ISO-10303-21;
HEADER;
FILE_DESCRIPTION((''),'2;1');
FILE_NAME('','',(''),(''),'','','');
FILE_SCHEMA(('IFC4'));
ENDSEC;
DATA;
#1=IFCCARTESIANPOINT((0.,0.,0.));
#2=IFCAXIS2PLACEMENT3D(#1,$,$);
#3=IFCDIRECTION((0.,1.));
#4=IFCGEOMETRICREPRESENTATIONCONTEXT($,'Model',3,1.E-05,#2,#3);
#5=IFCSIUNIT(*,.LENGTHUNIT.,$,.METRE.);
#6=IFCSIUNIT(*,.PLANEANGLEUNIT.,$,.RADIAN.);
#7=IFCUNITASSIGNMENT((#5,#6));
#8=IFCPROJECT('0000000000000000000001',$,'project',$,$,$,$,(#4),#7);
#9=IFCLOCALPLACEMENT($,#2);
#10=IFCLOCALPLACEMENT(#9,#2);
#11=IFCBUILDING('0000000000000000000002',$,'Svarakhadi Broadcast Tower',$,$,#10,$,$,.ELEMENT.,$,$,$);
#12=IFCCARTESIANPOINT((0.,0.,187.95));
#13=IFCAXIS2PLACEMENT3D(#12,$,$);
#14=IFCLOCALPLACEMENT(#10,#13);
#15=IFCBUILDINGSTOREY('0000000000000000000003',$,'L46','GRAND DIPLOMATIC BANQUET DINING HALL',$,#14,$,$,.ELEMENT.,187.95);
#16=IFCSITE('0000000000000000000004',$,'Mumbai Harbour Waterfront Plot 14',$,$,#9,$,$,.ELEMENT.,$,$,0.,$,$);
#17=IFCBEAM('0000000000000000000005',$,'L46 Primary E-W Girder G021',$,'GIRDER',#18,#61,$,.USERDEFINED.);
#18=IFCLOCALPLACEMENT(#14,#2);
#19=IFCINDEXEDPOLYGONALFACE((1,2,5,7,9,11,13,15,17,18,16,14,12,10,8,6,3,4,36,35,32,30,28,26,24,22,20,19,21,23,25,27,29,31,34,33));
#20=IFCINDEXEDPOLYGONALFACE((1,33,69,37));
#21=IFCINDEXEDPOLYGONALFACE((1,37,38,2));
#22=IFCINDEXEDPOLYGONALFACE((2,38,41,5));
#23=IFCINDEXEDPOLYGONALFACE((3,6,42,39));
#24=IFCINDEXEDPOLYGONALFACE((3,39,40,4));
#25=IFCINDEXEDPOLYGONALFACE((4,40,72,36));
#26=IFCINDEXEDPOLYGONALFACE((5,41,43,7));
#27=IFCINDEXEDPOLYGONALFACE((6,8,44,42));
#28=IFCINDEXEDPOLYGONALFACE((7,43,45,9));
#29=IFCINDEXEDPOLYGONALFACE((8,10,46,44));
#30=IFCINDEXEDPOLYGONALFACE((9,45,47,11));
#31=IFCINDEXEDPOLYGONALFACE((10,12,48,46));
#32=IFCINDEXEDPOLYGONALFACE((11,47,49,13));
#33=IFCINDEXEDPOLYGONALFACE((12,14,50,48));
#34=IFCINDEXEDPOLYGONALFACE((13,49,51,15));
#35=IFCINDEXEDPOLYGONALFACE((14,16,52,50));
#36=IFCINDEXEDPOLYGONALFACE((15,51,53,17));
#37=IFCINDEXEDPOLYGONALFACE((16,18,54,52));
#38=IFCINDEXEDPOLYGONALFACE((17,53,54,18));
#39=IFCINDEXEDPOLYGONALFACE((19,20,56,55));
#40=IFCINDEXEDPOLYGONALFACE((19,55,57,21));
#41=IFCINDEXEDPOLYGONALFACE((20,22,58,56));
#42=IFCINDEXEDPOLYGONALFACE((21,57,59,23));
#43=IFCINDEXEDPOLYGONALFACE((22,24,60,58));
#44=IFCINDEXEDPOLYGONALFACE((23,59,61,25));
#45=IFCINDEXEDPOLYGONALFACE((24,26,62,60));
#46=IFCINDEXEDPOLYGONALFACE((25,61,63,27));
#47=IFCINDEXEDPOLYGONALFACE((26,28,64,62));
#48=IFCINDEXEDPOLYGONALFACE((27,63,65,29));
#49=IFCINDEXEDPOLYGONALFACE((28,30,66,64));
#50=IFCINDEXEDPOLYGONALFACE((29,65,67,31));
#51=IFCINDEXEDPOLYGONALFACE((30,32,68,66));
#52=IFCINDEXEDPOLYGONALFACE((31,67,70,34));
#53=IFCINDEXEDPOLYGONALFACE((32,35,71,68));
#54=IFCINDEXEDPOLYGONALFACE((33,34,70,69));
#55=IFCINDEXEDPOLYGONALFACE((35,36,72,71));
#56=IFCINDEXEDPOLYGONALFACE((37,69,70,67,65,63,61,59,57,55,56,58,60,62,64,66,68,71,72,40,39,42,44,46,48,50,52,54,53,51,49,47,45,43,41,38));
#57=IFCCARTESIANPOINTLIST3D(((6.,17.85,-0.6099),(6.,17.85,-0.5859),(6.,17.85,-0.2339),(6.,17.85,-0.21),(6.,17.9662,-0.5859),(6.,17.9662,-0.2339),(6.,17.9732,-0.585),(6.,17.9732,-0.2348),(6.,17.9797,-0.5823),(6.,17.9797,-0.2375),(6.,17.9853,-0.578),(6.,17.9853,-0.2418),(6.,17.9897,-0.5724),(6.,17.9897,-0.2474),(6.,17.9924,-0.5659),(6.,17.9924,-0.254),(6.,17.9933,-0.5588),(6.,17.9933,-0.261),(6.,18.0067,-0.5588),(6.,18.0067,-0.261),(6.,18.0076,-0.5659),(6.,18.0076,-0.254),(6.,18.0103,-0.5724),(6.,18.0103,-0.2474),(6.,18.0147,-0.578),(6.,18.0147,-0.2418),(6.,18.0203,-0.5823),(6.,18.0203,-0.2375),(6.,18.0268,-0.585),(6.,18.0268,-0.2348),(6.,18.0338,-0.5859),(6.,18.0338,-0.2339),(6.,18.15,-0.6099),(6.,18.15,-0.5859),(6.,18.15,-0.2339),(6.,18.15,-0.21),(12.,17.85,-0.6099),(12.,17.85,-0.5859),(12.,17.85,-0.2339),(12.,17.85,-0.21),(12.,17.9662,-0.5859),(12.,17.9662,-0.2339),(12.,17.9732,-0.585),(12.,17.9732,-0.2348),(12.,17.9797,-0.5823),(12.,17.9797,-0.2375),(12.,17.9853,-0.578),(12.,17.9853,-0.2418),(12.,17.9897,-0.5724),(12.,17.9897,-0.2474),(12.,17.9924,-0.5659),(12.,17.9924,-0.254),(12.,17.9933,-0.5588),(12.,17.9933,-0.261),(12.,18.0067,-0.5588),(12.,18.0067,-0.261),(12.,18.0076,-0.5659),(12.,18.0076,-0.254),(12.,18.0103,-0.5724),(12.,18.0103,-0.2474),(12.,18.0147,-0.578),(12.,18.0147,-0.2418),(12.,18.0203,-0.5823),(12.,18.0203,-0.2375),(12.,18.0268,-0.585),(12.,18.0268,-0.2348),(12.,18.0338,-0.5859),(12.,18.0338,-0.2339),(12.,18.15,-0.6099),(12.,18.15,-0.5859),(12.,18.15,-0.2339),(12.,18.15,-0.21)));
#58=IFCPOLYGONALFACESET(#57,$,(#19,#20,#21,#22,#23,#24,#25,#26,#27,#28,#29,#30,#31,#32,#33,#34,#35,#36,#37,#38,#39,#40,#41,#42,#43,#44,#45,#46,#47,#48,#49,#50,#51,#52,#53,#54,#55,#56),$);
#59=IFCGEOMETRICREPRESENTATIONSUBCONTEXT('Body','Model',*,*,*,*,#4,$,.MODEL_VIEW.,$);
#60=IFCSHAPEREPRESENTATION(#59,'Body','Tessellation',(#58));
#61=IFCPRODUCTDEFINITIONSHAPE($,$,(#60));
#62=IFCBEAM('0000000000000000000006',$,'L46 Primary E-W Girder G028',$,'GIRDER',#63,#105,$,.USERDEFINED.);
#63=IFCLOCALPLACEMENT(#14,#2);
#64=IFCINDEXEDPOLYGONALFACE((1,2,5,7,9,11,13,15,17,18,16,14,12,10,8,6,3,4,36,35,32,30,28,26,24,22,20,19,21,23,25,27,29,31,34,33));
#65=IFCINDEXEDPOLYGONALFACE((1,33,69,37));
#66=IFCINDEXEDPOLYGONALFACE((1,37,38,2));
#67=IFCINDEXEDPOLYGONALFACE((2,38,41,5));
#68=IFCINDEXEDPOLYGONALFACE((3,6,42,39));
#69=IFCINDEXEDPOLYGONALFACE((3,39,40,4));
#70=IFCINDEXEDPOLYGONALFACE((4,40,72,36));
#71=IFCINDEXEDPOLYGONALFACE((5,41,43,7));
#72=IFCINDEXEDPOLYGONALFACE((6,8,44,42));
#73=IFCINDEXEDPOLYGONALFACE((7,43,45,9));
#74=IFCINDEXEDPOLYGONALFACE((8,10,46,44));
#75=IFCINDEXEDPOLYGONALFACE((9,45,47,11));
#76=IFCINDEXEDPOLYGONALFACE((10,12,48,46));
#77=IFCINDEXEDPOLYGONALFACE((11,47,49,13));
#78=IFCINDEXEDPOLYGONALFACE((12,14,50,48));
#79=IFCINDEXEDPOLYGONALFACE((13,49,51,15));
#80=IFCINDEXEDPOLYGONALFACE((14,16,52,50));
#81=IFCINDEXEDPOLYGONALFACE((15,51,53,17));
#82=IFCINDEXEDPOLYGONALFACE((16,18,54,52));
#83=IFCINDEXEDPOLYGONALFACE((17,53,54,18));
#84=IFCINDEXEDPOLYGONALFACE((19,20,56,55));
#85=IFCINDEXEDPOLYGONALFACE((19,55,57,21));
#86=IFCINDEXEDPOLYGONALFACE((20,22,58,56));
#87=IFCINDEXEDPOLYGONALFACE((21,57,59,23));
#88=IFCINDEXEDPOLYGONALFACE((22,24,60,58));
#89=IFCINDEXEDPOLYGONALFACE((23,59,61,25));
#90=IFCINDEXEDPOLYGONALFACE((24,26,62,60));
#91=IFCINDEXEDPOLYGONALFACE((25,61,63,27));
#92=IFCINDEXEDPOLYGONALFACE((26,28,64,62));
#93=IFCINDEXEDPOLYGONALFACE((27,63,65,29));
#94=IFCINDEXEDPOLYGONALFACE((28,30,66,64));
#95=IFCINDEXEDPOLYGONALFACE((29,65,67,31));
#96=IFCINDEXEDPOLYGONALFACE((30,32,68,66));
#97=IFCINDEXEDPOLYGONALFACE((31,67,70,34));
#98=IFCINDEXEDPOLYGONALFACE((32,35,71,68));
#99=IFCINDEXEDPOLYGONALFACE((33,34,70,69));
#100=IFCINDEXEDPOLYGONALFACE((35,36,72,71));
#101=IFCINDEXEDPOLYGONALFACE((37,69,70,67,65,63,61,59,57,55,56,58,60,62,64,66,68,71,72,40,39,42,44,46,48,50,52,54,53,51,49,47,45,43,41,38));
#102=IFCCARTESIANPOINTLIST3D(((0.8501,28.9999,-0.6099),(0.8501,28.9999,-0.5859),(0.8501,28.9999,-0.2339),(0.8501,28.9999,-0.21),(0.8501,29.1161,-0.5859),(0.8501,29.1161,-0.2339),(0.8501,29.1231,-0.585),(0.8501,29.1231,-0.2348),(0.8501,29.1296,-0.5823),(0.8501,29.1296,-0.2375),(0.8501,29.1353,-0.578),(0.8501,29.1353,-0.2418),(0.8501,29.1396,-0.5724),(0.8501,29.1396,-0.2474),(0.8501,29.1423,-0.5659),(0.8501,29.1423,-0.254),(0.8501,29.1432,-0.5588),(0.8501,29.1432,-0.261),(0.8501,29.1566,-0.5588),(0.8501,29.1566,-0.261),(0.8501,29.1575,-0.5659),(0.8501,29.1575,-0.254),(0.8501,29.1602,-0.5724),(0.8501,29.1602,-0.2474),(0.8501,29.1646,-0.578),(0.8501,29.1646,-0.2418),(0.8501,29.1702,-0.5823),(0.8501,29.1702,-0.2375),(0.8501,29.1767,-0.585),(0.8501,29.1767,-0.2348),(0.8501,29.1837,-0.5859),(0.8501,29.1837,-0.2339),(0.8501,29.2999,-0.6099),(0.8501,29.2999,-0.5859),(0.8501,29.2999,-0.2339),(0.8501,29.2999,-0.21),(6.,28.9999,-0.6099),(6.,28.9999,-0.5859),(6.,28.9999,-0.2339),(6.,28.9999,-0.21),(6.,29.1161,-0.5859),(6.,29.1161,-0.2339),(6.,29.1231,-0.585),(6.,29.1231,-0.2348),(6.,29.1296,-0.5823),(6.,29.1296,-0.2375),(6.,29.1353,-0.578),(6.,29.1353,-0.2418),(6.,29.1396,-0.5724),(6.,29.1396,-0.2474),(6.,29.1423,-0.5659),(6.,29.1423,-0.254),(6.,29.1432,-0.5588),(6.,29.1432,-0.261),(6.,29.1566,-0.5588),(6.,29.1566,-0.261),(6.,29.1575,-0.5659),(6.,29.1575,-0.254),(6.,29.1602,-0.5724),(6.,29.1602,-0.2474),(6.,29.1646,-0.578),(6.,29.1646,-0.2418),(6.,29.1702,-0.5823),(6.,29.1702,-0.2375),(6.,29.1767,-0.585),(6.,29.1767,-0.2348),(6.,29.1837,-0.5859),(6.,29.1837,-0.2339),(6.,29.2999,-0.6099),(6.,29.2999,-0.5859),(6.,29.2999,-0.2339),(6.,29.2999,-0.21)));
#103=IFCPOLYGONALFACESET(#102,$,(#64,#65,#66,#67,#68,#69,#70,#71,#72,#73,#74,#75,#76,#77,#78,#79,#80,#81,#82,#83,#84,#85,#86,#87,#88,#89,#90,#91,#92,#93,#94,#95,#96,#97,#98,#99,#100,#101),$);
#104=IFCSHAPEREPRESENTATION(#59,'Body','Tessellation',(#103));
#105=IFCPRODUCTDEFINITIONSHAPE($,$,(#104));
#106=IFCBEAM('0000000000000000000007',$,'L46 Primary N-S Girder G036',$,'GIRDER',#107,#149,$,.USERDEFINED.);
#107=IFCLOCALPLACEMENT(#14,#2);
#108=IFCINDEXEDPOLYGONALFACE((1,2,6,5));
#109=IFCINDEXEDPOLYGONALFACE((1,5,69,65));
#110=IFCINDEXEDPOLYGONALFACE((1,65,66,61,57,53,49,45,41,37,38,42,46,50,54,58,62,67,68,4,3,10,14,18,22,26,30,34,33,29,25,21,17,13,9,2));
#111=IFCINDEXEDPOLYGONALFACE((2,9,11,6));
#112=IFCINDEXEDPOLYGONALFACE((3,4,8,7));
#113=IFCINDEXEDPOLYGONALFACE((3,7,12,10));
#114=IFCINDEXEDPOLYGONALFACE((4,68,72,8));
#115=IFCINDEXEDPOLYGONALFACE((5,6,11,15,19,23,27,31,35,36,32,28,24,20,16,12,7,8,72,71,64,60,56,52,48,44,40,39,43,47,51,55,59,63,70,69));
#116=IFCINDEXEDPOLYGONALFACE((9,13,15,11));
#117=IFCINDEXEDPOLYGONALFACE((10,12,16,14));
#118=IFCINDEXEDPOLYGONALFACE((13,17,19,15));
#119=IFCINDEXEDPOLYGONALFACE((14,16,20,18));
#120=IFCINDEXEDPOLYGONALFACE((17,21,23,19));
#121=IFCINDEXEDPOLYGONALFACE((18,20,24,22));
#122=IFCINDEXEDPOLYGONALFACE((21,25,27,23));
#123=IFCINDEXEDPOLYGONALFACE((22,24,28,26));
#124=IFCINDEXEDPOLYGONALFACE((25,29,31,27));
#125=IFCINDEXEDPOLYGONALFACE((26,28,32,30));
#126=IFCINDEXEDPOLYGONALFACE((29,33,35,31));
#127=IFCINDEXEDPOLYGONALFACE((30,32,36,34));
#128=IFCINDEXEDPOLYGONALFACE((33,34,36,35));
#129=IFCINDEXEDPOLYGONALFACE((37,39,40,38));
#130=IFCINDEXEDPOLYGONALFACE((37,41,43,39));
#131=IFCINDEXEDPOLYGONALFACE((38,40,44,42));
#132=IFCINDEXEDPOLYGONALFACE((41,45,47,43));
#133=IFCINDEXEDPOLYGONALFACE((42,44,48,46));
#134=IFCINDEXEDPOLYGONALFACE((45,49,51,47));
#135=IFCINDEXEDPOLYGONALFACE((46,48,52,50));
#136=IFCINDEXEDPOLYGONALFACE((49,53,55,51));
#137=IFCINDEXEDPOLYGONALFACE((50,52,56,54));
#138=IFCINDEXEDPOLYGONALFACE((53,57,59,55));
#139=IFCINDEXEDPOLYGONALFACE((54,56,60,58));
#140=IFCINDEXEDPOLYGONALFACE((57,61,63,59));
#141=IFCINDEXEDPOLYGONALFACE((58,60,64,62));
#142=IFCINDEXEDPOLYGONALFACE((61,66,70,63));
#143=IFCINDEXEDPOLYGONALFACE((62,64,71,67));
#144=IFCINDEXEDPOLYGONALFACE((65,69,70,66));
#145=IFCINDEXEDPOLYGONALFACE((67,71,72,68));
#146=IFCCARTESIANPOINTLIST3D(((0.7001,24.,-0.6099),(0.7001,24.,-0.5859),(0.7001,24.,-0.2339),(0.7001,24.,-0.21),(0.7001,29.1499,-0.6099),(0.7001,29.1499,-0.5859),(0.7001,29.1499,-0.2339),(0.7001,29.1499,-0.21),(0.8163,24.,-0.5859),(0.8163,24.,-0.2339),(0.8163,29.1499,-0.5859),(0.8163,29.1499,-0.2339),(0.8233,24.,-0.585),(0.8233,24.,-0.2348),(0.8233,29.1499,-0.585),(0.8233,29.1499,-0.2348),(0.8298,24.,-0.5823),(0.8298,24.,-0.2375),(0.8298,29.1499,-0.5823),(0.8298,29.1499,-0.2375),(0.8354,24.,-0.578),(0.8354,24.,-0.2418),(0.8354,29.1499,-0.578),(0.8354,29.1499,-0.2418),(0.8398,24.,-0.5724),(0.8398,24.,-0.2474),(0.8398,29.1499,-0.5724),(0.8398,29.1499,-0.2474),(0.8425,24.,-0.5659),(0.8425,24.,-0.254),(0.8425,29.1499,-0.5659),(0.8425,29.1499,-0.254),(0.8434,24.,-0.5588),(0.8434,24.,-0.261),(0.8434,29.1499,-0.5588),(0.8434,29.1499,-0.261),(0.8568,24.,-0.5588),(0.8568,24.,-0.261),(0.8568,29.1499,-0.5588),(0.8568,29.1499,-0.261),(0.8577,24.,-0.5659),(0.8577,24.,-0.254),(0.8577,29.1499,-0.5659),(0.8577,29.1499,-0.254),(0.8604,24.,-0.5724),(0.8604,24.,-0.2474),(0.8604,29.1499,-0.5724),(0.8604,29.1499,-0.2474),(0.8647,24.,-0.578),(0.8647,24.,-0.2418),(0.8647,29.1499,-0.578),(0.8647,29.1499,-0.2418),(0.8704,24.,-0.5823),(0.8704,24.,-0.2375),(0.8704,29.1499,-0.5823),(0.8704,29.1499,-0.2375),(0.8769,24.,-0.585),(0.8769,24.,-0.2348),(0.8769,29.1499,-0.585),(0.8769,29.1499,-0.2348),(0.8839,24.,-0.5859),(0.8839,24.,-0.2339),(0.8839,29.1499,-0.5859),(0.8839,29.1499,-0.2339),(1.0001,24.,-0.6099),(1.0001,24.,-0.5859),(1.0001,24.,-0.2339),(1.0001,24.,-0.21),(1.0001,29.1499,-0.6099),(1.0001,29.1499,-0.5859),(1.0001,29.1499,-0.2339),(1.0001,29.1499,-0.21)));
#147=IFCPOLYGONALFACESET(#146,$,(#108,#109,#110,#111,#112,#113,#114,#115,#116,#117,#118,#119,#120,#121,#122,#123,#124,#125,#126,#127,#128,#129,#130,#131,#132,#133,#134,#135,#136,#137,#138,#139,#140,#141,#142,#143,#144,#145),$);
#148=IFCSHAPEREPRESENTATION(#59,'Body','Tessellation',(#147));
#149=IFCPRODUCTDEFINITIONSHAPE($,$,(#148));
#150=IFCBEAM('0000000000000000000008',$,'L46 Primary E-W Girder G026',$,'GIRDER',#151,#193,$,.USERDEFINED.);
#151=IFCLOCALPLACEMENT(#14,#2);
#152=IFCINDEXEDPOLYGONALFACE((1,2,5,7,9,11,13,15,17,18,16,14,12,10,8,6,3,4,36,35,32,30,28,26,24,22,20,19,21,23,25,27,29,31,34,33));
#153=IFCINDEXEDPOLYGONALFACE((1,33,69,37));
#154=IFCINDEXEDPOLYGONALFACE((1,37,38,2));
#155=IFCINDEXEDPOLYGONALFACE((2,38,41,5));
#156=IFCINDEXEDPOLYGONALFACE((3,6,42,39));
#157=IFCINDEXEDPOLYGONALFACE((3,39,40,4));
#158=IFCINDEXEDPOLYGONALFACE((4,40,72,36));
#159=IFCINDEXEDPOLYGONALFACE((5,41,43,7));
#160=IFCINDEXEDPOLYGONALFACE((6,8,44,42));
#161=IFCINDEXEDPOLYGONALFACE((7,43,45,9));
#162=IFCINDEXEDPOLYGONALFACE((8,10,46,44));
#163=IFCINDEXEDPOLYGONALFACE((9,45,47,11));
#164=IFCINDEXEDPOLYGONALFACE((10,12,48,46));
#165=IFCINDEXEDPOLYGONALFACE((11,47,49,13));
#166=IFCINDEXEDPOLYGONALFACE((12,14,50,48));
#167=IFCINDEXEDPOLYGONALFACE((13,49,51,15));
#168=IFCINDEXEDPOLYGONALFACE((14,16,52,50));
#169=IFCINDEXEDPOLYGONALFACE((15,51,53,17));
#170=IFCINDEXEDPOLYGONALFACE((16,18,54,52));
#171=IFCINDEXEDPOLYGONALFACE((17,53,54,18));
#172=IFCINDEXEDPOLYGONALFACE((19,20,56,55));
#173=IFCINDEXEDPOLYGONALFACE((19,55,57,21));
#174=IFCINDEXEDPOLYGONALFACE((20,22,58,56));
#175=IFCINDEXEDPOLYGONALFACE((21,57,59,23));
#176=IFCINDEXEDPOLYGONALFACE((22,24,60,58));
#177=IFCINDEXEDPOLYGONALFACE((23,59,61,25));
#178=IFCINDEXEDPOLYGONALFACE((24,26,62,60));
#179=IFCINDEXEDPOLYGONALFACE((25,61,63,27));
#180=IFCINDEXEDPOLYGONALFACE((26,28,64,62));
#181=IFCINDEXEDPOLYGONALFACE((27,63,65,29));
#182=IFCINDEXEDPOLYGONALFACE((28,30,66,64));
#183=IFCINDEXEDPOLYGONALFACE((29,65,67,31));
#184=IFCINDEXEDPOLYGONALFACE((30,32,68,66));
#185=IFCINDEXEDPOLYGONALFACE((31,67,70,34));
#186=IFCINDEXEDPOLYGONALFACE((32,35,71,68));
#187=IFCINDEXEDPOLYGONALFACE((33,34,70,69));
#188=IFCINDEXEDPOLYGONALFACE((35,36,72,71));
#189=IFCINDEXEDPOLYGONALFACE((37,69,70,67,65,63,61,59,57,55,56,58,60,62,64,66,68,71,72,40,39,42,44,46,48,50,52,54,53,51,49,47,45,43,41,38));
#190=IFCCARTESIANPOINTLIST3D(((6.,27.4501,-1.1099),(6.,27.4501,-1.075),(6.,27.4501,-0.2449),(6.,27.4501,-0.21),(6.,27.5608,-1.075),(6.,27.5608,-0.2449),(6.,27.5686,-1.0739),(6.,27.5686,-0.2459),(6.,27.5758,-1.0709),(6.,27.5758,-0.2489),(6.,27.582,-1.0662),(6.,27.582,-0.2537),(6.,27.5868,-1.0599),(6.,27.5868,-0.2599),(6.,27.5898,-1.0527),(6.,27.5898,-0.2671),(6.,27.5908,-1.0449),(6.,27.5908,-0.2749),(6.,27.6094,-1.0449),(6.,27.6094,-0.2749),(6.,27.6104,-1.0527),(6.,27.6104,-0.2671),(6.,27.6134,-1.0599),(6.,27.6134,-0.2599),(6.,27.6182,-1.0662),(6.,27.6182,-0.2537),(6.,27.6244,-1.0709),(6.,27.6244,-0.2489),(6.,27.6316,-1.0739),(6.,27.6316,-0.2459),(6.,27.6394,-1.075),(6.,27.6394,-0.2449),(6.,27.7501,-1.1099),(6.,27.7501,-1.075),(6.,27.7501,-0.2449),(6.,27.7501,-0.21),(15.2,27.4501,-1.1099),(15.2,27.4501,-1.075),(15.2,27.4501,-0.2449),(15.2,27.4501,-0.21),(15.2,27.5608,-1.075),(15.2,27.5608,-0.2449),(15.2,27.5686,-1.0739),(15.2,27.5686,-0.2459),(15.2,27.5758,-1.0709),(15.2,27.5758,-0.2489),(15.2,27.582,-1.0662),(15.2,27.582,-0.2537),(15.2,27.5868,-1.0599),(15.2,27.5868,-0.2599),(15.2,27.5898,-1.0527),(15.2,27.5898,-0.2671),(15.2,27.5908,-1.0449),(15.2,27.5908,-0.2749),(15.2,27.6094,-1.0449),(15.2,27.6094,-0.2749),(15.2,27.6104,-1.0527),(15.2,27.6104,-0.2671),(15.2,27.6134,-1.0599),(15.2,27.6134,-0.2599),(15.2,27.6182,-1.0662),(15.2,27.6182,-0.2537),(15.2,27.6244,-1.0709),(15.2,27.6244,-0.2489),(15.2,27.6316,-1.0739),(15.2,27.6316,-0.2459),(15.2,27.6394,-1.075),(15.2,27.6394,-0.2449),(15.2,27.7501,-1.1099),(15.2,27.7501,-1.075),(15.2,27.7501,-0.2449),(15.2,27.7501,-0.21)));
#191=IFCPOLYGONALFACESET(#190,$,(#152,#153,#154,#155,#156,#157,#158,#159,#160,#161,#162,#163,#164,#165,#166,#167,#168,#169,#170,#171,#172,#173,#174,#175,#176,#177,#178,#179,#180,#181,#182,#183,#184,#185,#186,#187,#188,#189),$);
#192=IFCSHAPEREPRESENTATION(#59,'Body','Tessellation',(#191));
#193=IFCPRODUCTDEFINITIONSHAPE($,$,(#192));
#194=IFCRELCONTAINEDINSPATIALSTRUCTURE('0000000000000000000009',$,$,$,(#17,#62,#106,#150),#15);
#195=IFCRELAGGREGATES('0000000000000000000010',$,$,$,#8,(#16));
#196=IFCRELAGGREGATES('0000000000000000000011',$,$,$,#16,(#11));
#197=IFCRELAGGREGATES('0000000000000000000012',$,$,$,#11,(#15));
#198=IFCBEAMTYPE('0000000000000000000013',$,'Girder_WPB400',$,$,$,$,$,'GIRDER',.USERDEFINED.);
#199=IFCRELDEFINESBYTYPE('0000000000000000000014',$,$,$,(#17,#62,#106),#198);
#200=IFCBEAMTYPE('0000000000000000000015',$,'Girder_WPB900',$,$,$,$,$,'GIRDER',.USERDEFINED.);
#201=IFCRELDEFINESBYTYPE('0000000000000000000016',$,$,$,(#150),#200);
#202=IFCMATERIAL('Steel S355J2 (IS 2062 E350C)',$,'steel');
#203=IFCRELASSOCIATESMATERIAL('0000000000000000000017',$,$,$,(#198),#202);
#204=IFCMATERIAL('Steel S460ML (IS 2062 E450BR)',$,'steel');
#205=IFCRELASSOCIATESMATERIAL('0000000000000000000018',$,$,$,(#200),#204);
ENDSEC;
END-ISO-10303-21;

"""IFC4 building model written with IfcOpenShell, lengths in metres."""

from ifc_helpers import new_model, si_unit, direction, frame, origin, origin_2d, place, context, subcontext, project, spatial, i_section, extrude, material, material_profile, profile_set, type_object, element, save


model = new_model("IFC4")

# Units and contexts
model_context = context("Model", 3, precision=1e-05, world=origin(), true_north=direction((0.0, 1.0)))
body_context = subcontext(model_context, "Body", "Model", "MODEL_VIEW")
ifc_project = project(units=[si_unit("LENGTHUNIT", "METRE"), si_unit("PLANEANGLEUNIT", "RADIAN")], contexts=[model_context])

# Site, building, storey
site_placement = place(None, origin())
site = spatial("IfcSite", under=ifc_project, at=site_placement, Name="Mumbai Harbour Waterfront Plot 14", CompositionType="ELEMENT", RefElevation=0.0)
building_placement = place(site_placement, origin())
building = spatial("IfcBuilding", under=site, at=building_placement, Name="Svarakhadi Broadcast Tower", CompositionType="ELEMENT")
storey_placement = place(building_placement, frame((0.0, 0.0, 187.95)))
storey = spatial("IfcBuildingStorey", under=building, at=storey_placement, Name="L46", Description="GRAND DIPLOMATIC BANQUET DINING HALL", CompositionType="ELEMENT", Elevation=187.95)

# Shared definitions
ifc_material_1 = material(Name="Steel S460ML (IS 2062 E450BR)", Category="steel")

# Shared definitions
ifc_material_2 = material(Name="Steel S355J2 (IS 2062 E350C)", Category="steel")

# Beams
ifc_material_profile_1 = material_profile(ifc_material_2, i_section(OverallWidth=0.3, OverallDepth=0.3999, WebThickness=0.0134, FlangeThickness=0.0239, FilletRadius=0.0271, at=origin_2d()), Name="WPB 400x300x155")
ifc_profile_set_1 = profile_set([ifc_material_profile_1], Name="Steel S355J2 (IS 2062 E350C)")
beam_type_1 = type_object("IfcBeamType", Name="Girder_WPB400", ElementType="GIRDER", PredefinedType="USERDEFINED", material=ifc_profile_set_1)
beam_1_placement = place(storey_placement, frame((6.0, 18.0, -0.4099), z_axis=(1.0, 0.0, 0.0), x_axis=(0.0, 1.0, 0.0)))
element("IfcBeam", 1, at=beam_1_placement, inside=storey, type_object=beam_type_1, Name="L46 Primary E-W Girder G021", ObjectType="GIRDER", PredefinedType="USERDEFINED", context=body_context, shape_type="SweptSolid", body=[
    extrude(i_section(OverallWidth=0.3, OverallDepth=0.3999, WebThickness=0.0134, FlangeThickness=0.0239, FilletRadius=0.0271, at=origin_2d()), origin(), (0.0, 0.0, 1.0), 6.0),
])
for number, where, z_axis, x_axis, name in (
    (2, (0.8501, 29.1499, -0.4099), (1.0, 0.0, 0.0), (0.0, 1.0, 0.0), "L46 Primary E-W Girder G028"),
    (3, (0.8501, 24.0, -0.4099), (0.0, 1.0, 0.0), (-1.0, 0.0, 0.0), "L46 Primary N-S Girder G036"),
):
    element("IfcBeam", number, at=place(storey_placement, frame(where, z_axis=z_axis, x_axis=x_axis)), inside=storey, type_object=beam_type_1, Name=name, ObjectType="GIRDER", PredefinedType="USERDEFINED", context=body_context, shape_type="SweptSolid", body=[
        extrude(i_section(OverallWidth=0.3, OverallDepth=0.3999, WebThickness=0.0134, FlangeThickness=0.0239, FilletRadius=0.0271, at=origin_2d()), origin(), (0.0, 0.0, 1.0), 5.1499),
    ])
ifc_material_profile_2 = material_profile(ifc_material_1, i_section(OverallWidth=0.3, OverallDepth=0.8999, WebThickness=0.0186, FlangeThickness=0.0349, FilletRadius=0.03, at=origin_2d()), Name="WPB 900x300x291")
ifc_profile_set_2 = profile_set([ifc_material_profile_2], Name="Steel S460ML (IS 2062 E450BR)")
beam_type_2 = type_object("IfcBeamType", Name="Girder_WPB900", ElementType="GIRDER", PredefinedType="USERDEFINED", material=ifc_profile_set_2)
beam_2_placement = place(storey_placement, frame((6.0, 27.6001, -0.6599), z_axis=(1.0, 0.0, 0.0), x_axis=(0.0, 1.0, 0.0)))
element("IfcBeam", 4, at=beam_2_placement, inside=storey, type_object=beam_type_2, Name="L46 Primary E-W Girder G026", ObjectType="GIRDER", PredefinedType="USERDEFINED", context=body_context, shape_type="SweptSolid", body=[
    extrude(i_section(OverallWidth=0.3, OverallDepth=0.8999, WebThickness=0.0186, FlangeThickness=0.0349, FilletRadius=0.03, at=origin_2d()), origin(), (0.0, 0.0, 1.0), 9.2),
])

save(model, "model.ifc")
